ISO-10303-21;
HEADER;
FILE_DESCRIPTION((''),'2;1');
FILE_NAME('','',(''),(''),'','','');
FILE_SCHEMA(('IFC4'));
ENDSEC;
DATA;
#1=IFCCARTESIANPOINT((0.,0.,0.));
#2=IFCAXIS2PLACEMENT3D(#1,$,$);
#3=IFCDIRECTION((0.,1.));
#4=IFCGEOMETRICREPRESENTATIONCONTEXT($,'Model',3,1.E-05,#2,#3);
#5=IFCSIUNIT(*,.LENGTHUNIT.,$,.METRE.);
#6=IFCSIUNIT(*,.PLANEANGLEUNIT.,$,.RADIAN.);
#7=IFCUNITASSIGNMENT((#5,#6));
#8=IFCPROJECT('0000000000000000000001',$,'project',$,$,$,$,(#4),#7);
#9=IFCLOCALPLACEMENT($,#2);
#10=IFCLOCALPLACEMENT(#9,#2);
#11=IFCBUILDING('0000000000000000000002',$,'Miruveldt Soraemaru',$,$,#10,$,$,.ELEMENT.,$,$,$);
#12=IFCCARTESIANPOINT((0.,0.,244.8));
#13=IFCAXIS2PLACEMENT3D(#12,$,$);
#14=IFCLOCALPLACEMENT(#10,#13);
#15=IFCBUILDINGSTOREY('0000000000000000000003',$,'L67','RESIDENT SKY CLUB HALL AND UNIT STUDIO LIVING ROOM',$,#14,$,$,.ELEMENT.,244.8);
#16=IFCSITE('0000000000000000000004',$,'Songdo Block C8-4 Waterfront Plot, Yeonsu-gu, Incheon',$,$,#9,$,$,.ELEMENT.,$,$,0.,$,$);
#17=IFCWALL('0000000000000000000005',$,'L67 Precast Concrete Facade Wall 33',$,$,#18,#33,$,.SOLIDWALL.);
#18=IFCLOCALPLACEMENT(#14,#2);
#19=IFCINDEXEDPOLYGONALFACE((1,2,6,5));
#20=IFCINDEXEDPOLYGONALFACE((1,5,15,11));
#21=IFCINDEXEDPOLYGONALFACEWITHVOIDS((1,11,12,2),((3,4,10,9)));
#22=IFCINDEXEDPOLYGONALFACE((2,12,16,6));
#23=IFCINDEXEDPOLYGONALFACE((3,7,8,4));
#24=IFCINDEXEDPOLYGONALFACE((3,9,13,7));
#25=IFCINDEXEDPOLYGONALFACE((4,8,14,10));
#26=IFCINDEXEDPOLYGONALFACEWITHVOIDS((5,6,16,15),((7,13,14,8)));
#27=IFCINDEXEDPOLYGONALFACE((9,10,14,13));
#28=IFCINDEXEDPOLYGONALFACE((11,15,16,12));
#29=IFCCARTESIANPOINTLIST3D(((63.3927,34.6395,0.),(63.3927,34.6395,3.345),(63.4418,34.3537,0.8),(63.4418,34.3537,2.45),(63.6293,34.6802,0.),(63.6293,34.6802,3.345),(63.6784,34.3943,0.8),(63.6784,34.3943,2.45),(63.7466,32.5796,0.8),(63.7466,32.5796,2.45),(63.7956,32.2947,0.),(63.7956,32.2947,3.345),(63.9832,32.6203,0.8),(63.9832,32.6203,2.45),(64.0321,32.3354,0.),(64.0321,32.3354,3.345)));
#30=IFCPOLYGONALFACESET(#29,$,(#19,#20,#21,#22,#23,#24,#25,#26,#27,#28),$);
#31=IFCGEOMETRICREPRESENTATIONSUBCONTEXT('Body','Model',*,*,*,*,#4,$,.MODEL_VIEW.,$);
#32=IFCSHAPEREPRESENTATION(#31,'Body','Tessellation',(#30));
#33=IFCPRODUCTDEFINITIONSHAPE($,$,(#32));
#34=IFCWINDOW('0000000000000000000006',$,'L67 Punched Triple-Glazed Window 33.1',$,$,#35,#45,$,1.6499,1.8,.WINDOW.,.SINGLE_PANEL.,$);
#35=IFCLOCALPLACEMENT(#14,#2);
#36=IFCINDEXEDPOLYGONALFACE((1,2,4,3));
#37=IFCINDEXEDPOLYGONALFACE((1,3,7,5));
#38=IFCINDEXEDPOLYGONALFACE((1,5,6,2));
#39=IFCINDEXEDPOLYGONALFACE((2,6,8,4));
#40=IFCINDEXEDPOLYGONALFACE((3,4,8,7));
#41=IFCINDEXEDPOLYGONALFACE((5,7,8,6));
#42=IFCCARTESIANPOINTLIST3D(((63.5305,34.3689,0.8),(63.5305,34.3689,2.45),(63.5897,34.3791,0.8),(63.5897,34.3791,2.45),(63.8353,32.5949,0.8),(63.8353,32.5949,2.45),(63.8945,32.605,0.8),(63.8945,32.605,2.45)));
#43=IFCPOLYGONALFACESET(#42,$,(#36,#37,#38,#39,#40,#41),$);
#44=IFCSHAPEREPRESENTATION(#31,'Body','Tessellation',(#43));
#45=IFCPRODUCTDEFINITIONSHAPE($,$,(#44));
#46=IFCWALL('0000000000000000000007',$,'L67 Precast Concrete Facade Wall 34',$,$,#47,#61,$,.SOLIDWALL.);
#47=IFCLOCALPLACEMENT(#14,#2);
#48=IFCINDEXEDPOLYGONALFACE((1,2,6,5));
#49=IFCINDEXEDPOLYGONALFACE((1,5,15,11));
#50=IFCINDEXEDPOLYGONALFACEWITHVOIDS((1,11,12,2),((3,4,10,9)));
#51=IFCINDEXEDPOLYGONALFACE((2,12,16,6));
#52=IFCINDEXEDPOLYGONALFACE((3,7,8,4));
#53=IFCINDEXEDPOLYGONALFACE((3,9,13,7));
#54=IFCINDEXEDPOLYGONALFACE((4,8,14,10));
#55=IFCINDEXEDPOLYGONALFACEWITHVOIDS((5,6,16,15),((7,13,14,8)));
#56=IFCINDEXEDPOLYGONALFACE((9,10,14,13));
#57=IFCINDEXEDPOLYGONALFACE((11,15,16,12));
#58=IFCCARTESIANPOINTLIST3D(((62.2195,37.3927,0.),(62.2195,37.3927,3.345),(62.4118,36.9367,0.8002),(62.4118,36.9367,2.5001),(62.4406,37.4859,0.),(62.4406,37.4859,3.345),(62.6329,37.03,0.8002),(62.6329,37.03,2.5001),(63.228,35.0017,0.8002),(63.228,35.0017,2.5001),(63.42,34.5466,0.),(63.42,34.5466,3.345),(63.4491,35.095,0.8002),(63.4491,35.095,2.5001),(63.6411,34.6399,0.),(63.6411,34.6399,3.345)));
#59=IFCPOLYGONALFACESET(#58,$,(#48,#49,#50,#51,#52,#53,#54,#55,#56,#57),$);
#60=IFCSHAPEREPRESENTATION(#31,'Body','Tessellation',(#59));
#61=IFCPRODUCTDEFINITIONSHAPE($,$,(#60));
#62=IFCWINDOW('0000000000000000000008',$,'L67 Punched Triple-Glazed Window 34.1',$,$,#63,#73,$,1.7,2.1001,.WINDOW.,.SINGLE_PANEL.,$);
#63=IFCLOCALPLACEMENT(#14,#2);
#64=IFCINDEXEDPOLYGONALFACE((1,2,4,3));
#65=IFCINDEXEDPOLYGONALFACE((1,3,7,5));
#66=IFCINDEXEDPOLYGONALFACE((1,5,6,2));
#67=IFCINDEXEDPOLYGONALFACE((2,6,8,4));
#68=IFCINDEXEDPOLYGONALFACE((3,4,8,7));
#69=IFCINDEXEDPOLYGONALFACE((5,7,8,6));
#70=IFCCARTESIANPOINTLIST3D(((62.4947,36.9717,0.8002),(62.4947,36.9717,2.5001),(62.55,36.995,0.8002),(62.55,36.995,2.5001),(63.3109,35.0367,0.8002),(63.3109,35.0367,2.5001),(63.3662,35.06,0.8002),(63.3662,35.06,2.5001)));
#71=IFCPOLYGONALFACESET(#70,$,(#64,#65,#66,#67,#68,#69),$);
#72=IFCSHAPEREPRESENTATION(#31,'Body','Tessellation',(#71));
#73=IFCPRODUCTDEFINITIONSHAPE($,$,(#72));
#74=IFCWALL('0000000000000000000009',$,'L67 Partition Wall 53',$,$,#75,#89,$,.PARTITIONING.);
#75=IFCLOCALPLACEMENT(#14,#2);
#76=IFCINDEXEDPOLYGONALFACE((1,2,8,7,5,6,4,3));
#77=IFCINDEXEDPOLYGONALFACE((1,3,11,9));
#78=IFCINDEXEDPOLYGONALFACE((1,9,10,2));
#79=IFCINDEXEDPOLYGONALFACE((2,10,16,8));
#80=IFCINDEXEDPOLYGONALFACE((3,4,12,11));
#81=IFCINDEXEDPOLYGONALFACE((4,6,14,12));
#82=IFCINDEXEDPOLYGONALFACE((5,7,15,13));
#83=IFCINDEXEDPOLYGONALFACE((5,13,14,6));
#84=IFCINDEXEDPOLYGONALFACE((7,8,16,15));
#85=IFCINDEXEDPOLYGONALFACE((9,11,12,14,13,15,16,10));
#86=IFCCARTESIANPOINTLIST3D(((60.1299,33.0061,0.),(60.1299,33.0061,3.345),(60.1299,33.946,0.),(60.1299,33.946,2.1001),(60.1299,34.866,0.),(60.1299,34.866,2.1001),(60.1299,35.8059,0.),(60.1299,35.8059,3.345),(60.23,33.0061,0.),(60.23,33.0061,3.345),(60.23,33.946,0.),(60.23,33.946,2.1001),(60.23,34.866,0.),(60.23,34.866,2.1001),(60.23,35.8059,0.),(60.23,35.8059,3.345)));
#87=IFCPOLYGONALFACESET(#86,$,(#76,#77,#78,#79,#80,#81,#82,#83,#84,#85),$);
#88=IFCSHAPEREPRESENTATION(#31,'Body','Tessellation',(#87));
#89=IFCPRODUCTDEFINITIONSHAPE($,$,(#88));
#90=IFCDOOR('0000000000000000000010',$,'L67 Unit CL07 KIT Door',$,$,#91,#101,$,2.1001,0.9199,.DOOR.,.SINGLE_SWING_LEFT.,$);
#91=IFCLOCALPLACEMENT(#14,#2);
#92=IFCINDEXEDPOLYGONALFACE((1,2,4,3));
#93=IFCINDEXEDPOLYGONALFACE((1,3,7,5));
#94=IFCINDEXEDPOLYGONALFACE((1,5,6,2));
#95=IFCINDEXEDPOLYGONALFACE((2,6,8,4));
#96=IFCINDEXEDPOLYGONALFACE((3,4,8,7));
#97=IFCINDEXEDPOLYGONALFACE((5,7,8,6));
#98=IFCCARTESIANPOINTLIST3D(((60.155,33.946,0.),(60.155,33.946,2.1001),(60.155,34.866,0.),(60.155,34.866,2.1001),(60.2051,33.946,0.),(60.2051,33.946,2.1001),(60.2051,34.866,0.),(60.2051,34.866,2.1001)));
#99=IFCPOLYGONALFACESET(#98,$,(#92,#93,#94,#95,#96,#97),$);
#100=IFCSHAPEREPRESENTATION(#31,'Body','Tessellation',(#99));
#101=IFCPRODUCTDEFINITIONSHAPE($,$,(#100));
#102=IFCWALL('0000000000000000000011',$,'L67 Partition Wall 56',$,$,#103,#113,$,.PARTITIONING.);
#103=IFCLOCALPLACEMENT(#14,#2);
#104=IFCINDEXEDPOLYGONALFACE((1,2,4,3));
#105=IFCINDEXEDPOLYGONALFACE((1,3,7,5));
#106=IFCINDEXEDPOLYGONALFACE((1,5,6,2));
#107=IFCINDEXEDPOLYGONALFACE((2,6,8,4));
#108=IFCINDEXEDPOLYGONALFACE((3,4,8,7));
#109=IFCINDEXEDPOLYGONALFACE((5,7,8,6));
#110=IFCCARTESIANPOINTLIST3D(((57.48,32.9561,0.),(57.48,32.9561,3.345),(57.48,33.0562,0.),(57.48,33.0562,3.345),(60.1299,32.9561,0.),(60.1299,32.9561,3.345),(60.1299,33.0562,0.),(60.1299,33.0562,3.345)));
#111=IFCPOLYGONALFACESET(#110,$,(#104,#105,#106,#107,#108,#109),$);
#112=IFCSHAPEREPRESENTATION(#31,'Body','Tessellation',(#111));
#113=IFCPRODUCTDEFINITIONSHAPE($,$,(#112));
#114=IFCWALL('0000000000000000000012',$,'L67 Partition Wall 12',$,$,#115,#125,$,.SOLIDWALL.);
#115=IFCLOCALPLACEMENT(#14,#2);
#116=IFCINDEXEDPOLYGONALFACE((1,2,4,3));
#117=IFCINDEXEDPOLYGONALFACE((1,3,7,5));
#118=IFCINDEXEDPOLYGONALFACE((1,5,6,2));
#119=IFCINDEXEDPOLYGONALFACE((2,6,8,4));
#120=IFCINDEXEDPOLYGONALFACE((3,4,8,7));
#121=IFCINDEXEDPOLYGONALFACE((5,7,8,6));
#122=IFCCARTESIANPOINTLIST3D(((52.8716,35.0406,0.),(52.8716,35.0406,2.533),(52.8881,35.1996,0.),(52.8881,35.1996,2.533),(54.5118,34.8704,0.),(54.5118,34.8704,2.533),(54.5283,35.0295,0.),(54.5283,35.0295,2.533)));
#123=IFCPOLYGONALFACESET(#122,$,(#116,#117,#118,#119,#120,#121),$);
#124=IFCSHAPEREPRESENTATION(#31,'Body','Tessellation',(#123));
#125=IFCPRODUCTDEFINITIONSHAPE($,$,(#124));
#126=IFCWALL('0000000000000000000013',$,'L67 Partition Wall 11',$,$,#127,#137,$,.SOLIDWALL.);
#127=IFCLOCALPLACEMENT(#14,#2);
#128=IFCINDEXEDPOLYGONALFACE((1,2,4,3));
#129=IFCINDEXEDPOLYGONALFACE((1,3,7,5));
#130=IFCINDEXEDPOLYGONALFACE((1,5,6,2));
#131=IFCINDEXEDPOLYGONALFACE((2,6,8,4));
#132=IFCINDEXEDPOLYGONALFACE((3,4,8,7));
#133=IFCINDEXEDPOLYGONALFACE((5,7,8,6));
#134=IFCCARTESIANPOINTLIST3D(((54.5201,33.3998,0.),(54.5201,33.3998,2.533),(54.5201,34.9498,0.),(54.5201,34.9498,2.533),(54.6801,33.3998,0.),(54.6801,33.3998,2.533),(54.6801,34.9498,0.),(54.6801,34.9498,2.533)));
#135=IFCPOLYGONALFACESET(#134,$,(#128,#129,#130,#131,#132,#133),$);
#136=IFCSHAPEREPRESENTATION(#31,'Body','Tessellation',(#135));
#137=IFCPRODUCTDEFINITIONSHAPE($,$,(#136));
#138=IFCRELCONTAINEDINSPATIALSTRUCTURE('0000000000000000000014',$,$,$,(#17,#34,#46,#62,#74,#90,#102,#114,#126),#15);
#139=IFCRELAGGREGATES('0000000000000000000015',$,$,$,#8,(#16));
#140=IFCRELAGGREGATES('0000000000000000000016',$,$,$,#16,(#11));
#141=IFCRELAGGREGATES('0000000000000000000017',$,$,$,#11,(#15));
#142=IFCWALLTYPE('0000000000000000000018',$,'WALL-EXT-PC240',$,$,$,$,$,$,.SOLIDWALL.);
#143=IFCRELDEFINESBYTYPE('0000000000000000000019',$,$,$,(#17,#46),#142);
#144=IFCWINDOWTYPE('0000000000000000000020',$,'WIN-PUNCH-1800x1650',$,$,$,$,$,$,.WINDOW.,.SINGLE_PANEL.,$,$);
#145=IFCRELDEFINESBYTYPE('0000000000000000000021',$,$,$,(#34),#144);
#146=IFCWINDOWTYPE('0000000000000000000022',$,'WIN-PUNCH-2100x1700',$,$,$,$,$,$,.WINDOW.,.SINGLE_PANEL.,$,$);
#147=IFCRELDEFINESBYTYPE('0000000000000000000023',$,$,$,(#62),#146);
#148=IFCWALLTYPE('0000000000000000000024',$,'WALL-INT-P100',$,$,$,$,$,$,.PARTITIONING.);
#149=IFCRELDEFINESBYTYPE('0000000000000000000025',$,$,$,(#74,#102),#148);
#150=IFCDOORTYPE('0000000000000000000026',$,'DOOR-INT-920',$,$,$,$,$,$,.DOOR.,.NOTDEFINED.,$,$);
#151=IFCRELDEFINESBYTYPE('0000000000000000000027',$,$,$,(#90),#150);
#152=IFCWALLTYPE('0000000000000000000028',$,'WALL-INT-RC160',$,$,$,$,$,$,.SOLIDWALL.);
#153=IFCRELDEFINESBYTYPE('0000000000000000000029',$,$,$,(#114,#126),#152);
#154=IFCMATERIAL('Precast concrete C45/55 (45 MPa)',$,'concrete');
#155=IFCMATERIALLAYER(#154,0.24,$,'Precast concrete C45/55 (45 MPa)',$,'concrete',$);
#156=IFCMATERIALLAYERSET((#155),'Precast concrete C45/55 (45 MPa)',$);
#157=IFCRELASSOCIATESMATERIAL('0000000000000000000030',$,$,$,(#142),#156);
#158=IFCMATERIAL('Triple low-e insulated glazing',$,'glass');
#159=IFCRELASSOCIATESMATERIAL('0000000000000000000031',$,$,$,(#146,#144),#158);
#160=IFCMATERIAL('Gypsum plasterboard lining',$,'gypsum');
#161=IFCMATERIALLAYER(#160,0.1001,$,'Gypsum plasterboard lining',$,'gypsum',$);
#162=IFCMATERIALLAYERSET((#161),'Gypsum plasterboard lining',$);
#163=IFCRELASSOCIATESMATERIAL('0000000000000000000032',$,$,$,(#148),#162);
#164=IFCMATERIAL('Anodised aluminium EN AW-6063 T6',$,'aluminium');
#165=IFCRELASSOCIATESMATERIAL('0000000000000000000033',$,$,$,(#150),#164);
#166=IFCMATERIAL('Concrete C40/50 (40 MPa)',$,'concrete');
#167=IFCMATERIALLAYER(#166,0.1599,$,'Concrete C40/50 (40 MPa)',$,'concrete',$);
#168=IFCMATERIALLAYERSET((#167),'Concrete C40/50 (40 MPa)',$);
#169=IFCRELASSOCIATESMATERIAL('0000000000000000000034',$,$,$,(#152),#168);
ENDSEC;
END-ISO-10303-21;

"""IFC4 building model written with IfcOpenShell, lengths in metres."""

from ifc_helpers import new_model, si_unit, direction, frame, frame_2d, origin, place, context, subcontext, project, spatial, rectangle, extrude, material, layer, layer_set, type_object, element, fill, save


model = new_model("IFC4")

# Units and contexts
model_context = context("Model", 3, precision=1e-05, world=origin(), true_north=direction((0.0, 1.0)))
body_context = subcontext(model_context, "Body", "Model", "MODEL_VIEW")
ifc_project = project(units=[si_unit("LENGTHUNIT", "METRE"), si_unit("PLANEANGLEUNIT", "RADIAN")], contexts=[model_context])

# Site, building, storey
site_placement = place(None, origin())
site = spatial("IfcSite", under=ifc_project, at=site_placement, Name="Songdo Block C8-4 Waterfront Plot, Yeonsu-gu, Incheon", CompositionType="ELEMENT", RefElevation=0.0)
building_placement = place(site_placement, origin())
building = spatial("IfcBuilding", under=site, at=building_placement, Name="Miruveldt Soraemaru", CompositionType="ELEMENT")
storey_placement = place(building_placement, frame((0.0, 0.0, 244.8)))
storey = spatial("IfcBuildingStorey", under=building, at=storey_placement, Name="L67", Description="RESIDENT SKY CLUB HALL AND UNIT STUDIO LIVING ROOM", CompositionType="ELEMENT", Elevation=244.8)

# Walls, openings, windows
ifc_material_1 = material(Name="Precast concrete C45/55 (45 MPa)", Category="concrete")
ifc_layer_1 = layer(ifc_material_1, 0.24, Name="Precast concrete C45/55 (45 MPa)", Category="concrete")
ifc_layer_set_1 = layer_set([ifc_layer_1], Name="Precast concrete C45/55 (45 MPa)")
wall_type_1 = type_object("IfcWallType", Name="WALL-EXT-PC240", PredefinedType="SOLIDWALL", material=ifc_layer_set_1)
ifc_material_2 = material(Name="Triple low-e insulated glazing", Category="glass")
window_type_1 = type_object("IfcWindowType", Name="WIN-PUNCH-2100x1700", PartitioningType="SINGLE_PANEL", PredefinedType="WINDOW", material=ifc_material_2)
wall_1_placement = place(storey_placement, frame((63.9138, 32.3152, 0.0), z_axis=(0.0, 0.0, 1.0), x_axis=(-0.169323, 0.985561, 0.0)))
wall_1 = element("IfcWall", 1, at=wall_1_placement, inside=storey, type_object=wall_type_1, Name="L67 Precast Concrete Facade Wall 33", PredefinedType="SOLIDWALL", context=body_context, shape_type="SweptSolid", body=[
    extrude(rectangle(XDim=2.3792, YDim=0.24, at=frame_2d((1.1895, 0.0))), origin(), (0.0, 0.0, 1.0), 3.345),
])
opening_1_placement = place(wall_1_placement, frame((0.2891, 0.0, 0.8)))
opening_1 = element("IfcOpeningElement", 2, at=opening_1_placement, cuts=wall_1, PredefinedType="OPENING", context=body_context, shape_type="SweptSolid", body=[
    extrude(rectangle(XDim=1.8, YDim=1.6499, at=frame_2d((0.8999, 0.825))), frame((0.0, 0.1299, 0.0), z_axis=(0.0, -1.0, 0.0), x_axis=(1.0, 0.0, 0.0)), (0.0, 0.0, 1.0), 0.26),
])
window_type_2 = type_object("IfcWindowType", Name="WIN-PUNCH-1800x1650", PartitioningType="SINGLE_PANEL", PredefinedType="WINDOW", material=ifc_material_2)
window_1_placement = place(opening_1_placement, origin())
window_1 = element("IfcWindow", 3, at=window_1_placement, inside=storey, type_object=window_type_2, Name="L67 Punched Triple-Glazed Window 33.1", OverallHeight=1.6499, OverallWidth=1.8, PartitioningType="SINGLE_PANEL", PredefinedType="WINDOW", context=body_context, shape_type="SweptSolid", body=[
    extrude(rectangle(XDim=1.8, YDim=1.6499, at=frame_2d((0.8999, 0.825))), frame((0.0, 0.03, 0.0), z_axis=(0.0, -1.0, 0.0), x_axis=(1.0, 0.0, 0.0)), (0.0, 0.0, 1.0), 0.0601),
])
fill(opening_1, window_1)
wall_2_placement = place(storey_placement, frame((63.5305, 34.5933, 0.0), z_axis=(0.0, 0.0, 1.0), x_axis=(-0.388647, 0.921387, 0.0)))
wall_2 = element("IfcWall", 4, at=wall_2_placement, inside=storey, type_object=wall_type_1, Name="L67 Precast Concrete Facade Wall 34", PredefinedType="SOLIDWALL", context=body_context, shape_type="SweptSolid", body=[
    extrude(rectangle(XDim=3.0889, YDim=0.24, at=frame_2d((1.5444, 0.0))), origin(), (0.0, 0.0, 1.0), 3.345),
])
opening_2_placement = place(wall_2_placement, frame((0.4939, 0.0, 0.8)))
opening_2 = element("IfcOpeningElement", 5, at=opening_2_placement, cuts=wall_2, PredefinedType="OPENING", context=body_context, shape_type="SweptSolid", body=[
    extrude(rectangle(XDim=2.1001, YDim=1.7, at=frame_2d((1.05, 0.8501))), frame((0.0, 0.1299, 0.0), z_axis=(0.0, -1.0, 0.0), x_axis=(1.0, 0.0, 0.0)), (0.0, 0.0, 1.0), 0.26),
])
window_2_placement = place(opening_2_placement, origin())
window_2 = element("IfcWindow", 6, at=window_2_placement, inside=storey, type_object=window_type_1, Name="L67 Punched Triple-Glazed Window 34.1", OverallHeight=1.7, OverallWidth=2.1001, PartitioningType="SINGLE_PANEL", PredefinedType="WINDOW", context=body_context, shape_type="SweptSolid", body=[
    extrude(rectangle(XDim=2.1001, YDim=1.7, at=frame_2d((1.05, 0.8501))), frame((0.0, 0.03, 0.0), z_axis=(0.0, -1.0, 0.0), x_axis=(1.0, 0.0, 0.0)), (0.0, 0.0, 1.0), 0.0601),
])
fill(opening_2, window_2)

# Wall, opening, door
ifc_material_3 = material(Name="Gypsum plasterboard lining", Category="gypsum")
ifc_layer_2 = layer(ifc_material_3, 0.1001, Name="Gypsum plasterboard lining", Category="gypsum")
ifc_layer_set_2 = layer_set([ifc_layer_2], Name="Gypsum plasterboard lining")
wall_type_2 = type_object("IfcWallType", Name="WALL-INT-P100", PredefinedType="PARTITIONING", material=ifc_layer_set_2)
wall_3_placement = place(storey_placement, frame((60.1799, 33.0061, 0.0), z_axis=(0.0, 0.0, 1.0), x_axis=(0.0, 1.0, 0.0)))
wall_3 = element("IfcWall", 7, at=wall_3_placement, inside=storey, type_object=wall_type_2, Name="L67 Partition Wall 53", PredefinedType="PARTITIONING", context=body_context, shape_type="SweptSolid", body=[
    extrude(rectangle(XDim=2.7998, YDim=0.1001, at=frame_2d((1.3999, 0.0))), origin(), (0.0, 0.0, 1.0), 3.345),
])
opening_3_placement = place(wall_3_placement, frame((0.9399, 0.0, 0.0)))
opening_3 = element("IfcOpeningElement", 8, at=opening_3_placement, cuts=wall_3, PredefinedType="OPENING", context=body_context, shape_type="SweptSolid", body=[
    extrude(rectangle(XDim=0.9199, YDim=2.1001, at=frame_2d((0.46, 1.05))), frame((0.0, 0.0601, 0.0), z_axis=(0.0, -1.0, 0.0), x_axis=(1.0, 0.0, 0.0)), (0.0, 0.0, 1.0), 0.1201),
])
ifc_material_4 = material(Name="Anodised aluminium EN AW-6063 T6", Category="aluminium")
door_type = type_object("IfcDoorType", Name="DOOR-INT-920", OperationType="NOTDEFINED", PredefinedType="DOOR", material=ifc_material_4)
door_placement = place(opening_3_placement, origin())
door = element("IfcDoor", 9, at=door_placement, inside=storey, type_object=door_type, Name="L67 Unit CL07 KIT Door", OperationType="SINGLE_SWING_LEFT", OverallHeight=2.1001, OverallWidth=0.9199, PredefinedType="DOOR", context=body_context, shape_type="SweptSolid", body=[
    extrude(rectangle(XDim=0.9199, YDim=2.1001, at=frame_2d((0.46, 1.05))), frame((0.0, 0.0249, 0.0), z_axis=(0.0, -1.0, 0.0), x_axis=(1.0, 0.0, 0.0)), (0.0, 0.0, 1.0), 0.05),
])
fill(opening_3, door)

# Walls
wall_4_placement = place(storey_placement, frame((57.48, 33.0061, 0.0), z_axis=(0.0, 0.0, 1.0), x_axis=(1.0, 0.0, 0.0)))
element("IfcWall", 10, at=wall_4_placement, inside=storey, type_object=wall_type_2, Name="L67 Partition Wall 56", PredefinedType="PARTITIONING", context=body_context, shape_type="SweptSolid", body=[
    extrude(rectangle(XDim=2.6499, YDim=0.1001, at=frame_2d((1.325, 0.0))), origin(), (0.0, 0.0, 1.0), 3.345),
])
ifc_material_5 = material(Name="Concrete C40/50 (40 MPa)", Category="concrete")
ifc_layer_3 = layer(ifc_material_5, 0.1599, Name="Concrete C40/50 (40 MPa)", Category="concrete")
ifc_layer_set_3 = layer_set([ifc_layer_3], Name="Concrete C40/50 (40 MPa)")
wall_type_3 = type_object("IfcWallType", Name="WALL-INT-RC160", PredefinedType="SOLIDWALL", material=ifc_layer_set_3)
wall_5_placement = place(storey_placement, frame((54.52, 34.95, 0.0), z_axis=(0.0, 0.0, 1.0), x_axis=(-0.994661, 0.103197, 0.0)))
element("IfcWall", 11, at=wall_5_placement, inside=storey, type_object=wall_type_3, Name="L67 Partition Wall 12", PredefinedType="SOLIDWALL", context=body_context, shape_type="SweptSolid", body=[
    extrude(rectangle(XDim=1.6489, YDim=0.1599, at=frame_2d((0.8245, 0.0))), origin(), (0.0, 0.0, 1.0), 2.533),
])
wall_6_placement = place(storey_placement, frame((54.6001, 33.3999, 0.0), z_axis=(0.0, 0.0, 1.0), x_axis=(0.0, 1.0, 0.0)))
element("IfcWall", 12, at=wall_6_placement, inside=storey, type_object=wall_type_3, Name="L67 Partition Wall 11", PredefinedType="SOLIDWALL", context=body_context, shape_type="SweptSolid", body=[
    extrude(rectangle(XDim=1.55, YDim=0.1599, at=frame_2d((0.7749, 0.0))), origin(), (0.0, 0.0, 1.0), 2.533),
])

save(model, "model.ifc")
